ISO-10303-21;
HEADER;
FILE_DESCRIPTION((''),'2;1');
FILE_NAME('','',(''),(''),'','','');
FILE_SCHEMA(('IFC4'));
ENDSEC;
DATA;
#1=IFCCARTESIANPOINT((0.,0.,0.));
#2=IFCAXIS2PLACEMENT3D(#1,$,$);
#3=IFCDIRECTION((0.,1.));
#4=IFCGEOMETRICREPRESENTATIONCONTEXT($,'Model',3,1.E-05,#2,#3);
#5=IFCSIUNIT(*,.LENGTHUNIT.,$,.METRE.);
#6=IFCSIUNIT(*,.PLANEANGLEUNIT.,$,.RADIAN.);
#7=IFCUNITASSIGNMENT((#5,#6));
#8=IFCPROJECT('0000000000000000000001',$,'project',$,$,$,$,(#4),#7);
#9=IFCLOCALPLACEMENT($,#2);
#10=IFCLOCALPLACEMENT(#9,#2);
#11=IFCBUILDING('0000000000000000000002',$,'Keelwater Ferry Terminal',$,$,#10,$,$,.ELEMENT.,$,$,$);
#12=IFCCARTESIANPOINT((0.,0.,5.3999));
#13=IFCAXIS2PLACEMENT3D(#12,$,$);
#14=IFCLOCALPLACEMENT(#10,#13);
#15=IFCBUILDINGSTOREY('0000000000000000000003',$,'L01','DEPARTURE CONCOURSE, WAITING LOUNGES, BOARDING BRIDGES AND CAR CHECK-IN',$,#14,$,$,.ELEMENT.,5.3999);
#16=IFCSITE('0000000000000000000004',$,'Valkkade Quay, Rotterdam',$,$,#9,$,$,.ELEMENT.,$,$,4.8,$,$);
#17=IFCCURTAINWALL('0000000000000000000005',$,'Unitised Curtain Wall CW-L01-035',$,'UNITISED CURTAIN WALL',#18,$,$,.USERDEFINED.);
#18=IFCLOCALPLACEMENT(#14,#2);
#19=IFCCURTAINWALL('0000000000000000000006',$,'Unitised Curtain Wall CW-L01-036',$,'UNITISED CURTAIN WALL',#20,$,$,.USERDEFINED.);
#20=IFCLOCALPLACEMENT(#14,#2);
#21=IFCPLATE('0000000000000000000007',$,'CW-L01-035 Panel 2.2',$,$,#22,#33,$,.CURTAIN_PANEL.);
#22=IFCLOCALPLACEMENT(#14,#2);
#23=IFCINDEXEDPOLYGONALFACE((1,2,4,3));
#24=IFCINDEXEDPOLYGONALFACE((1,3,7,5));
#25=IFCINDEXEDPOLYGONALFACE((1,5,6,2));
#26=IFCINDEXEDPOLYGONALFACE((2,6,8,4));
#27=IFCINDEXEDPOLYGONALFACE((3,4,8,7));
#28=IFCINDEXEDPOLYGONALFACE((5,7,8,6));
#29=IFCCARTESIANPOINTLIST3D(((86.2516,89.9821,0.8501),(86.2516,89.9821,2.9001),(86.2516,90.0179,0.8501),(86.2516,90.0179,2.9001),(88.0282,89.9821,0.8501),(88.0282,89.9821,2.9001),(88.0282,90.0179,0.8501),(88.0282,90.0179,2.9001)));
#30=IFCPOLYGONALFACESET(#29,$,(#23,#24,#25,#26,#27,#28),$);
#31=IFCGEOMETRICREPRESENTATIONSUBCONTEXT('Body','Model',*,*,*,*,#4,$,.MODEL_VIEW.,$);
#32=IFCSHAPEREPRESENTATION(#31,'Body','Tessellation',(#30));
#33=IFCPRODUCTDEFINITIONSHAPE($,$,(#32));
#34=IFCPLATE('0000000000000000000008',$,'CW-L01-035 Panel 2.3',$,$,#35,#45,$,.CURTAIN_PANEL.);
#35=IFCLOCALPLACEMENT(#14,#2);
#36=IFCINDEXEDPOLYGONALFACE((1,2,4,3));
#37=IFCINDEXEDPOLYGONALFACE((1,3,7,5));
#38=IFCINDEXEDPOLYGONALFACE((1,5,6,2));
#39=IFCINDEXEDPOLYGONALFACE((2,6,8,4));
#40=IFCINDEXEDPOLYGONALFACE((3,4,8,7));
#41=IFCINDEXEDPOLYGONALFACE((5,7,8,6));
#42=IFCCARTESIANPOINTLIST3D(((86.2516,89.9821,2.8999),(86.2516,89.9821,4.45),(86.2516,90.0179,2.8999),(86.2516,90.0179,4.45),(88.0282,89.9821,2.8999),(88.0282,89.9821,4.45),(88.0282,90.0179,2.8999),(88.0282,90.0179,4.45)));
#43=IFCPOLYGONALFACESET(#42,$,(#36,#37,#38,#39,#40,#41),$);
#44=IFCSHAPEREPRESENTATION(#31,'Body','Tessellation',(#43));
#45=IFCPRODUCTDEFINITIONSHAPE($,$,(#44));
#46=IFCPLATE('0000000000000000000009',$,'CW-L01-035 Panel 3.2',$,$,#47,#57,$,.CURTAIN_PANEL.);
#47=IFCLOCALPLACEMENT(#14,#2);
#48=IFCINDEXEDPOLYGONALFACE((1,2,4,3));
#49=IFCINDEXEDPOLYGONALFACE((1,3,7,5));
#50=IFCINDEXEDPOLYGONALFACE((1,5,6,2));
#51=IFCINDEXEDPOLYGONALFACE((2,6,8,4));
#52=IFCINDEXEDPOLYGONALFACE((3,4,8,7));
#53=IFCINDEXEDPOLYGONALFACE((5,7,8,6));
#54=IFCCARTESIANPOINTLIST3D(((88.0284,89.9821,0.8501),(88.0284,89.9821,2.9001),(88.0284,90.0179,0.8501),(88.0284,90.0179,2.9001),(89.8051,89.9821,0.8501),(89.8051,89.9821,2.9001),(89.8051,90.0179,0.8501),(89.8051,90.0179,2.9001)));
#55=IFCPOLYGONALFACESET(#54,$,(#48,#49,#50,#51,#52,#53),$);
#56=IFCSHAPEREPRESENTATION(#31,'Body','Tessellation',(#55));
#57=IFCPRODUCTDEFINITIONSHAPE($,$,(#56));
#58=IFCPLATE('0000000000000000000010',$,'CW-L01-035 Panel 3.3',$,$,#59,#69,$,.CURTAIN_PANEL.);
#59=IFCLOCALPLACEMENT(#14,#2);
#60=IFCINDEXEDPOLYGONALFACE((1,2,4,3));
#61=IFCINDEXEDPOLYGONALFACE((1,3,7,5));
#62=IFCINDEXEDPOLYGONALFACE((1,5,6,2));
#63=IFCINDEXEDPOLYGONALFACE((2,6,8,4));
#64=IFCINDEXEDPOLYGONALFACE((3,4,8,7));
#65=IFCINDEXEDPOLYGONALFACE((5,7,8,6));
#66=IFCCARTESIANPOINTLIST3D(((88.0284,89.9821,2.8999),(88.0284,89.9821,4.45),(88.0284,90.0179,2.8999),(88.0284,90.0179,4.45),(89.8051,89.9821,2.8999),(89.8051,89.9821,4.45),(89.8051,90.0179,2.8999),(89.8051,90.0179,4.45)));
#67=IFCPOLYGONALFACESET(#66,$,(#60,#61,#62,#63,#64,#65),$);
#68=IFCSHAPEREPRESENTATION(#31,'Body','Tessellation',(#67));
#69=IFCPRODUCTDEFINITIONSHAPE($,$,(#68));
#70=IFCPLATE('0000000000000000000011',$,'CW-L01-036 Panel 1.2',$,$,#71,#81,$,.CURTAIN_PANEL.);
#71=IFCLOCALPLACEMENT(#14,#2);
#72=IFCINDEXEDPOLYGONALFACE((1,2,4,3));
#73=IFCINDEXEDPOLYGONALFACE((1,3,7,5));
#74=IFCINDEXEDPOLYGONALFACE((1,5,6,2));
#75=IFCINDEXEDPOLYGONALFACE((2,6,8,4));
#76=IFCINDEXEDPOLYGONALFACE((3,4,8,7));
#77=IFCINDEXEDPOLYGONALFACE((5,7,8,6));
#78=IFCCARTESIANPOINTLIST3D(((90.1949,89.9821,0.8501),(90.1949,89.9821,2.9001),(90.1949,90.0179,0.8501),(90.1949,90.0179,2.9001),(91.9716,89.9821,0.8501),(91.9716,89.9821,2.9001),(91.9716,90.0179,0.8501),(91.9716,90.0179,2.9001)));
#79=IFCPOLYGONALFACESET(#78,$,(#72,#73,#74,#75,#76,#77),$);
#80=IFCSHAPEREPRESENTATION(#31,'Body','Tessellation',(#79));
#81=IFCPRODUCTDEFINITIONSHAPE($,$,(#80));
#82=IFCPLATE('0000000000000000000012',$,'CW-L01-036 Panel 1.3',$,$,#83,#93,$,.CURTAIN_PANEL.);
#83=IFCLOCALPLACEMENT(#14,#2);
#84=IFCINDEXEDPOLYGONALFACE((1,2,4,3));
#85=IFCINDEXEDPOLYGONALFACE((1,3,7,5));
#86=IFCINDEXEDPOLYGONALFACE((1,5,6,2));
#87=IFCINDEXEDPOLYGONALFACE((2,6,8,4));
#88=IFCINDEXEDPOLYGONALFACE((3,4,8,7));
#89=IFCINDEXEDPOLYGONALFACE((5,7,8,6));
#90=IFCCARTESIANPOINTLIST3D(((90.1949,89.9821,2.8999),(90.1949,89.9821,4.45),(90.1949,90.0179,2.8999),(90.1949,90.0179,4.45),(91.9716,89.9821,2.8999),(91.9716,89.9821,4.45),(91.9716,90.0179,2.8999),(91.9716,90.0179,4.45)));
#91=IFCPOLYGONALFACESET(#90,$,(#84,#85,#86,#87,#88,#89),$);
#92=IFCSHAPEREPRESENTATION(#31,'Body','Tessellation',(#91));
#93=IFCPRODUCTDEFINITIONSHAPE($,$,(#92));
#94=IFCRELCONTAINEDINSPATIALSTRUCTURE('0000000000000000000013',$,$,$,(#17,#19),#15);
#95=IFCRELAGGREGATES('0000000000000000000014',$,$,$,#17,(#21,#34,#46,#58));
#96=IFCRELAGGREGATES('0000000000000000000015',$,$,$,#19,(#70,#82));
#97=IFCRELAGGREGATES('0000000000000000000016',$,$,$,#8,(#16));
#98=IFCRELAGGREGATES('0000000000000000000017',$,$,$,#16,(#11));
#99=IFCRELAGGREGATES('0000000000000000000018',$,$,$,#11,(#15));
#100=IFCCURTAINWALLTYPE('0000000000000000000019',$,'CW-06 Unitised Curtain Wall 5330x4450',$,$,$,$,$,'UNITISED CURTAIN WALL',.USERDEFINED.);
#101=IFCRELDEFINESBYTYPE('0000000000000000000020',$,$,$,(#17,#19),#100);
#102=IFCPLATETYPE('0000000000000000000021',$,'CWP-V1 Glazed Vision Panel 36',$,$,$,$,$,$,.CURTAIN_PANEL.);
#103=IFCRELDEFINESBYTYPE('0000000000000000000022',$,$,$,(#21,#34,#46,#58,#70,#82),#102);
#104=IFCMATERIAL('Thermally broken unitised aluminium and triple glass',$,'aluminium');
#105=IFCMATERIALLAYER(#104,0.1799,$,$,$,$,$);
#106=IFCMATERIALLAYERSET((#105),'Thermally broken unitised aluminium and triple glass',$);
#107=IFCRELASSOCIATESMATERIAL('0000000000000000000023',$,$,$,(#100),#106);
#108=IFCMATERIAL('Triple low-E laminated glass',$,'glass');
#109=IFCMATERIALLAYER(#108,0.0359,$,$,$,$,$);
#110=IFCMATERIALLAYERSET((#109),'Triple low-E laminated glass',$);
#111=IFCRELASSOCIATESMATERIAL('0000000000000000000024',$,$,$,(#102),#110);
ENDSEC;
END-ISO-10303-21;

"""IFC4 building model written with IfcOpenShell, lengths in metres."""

from ifc_helpers import new_model, si_unit, direction, frame, origin, origin_2d, place, context, subcontext, project, spatial, rectangle, extrude, material, layer, layer_set, type_object, element, aggregate, save


model = new_model("IFC4")

# Units and contexts
model_context = context("Model", 3, precision=1e-05, world=origin(), true_north=direction((0.0, 1.0)))
body_context = subcontext(model_context, "Body", "Model", "MODEL_VIEW")
ifc_project = project(units=[si_unit("LENGTHUNIT", "METRE"), si_unit("PLANEANGLEUNIT", "RADIAN")], contexts=[model_context])

# Site, building, storey
site_placement = place(None, origin())
site = spatial("IfcSite", under=ifc_project, at=site_placement, Name="Valkkade Quay, Rotterdam", CompositionType="ELEMENT", RefElevation=4.8)
building_placement = place(site_placement, origin())
building = spatial("IfcBuilding", under=site, at=building_placement, Name="Keelwater Ferry Terminal", CompositionType="ELEMENT")
storey_placement = place(building_placement, frame((0.0, 0.0, 5.3999)))
storey = spatial("IfcBuildingStorey", under=building, at=storey_placement, Name="L01", Description="DEPARTURE CONCOURSE, WAITING LOUNGES, BOARDING BRIDGES AND CAR CHECK-IN", CompositionType="ELEMENT", Elevation=5.3999)

# Curtain wall
ifc_material_1 = material(Name="Thermally broken unitised aluminium and triple glass", Category="aluminium")
ifc_layer_1 = layer(ifc_material_1, 0.1799)
ifc_layer_set_1 = layer_set([ifc_layer_1], Name="Thermally broken unitised aluminium and triple glass")
curtain_wall_type = type_object("IfcCurtainWallType", Name="CW-06 Unitised Curtain Wall 5330x4450", ElementType="UNITISED CURTAIN WALL", PredefinedType="USERDEFINED", material=ifc_layer_set_1)
curtain_wall_1_placement = place(storey_placement, origin())
curtain_wall_1 = element("IfcCurtainWall", 1, at=curtain_wall_1_placement, inside=storey, type_object=curtain_wall_type, Name="Unitised Curtain Wall CW-L01-035", ObjectType="UNITISED CURTAIN WALL", PredefinedType="USERDEFINED")

# Curtain wall
curtain_wall_2_placement = place(storey_placement, origin())
curtain_wall_2 = element("IfcCurtainWall", 2, at=curtain_wall_2_placement, inside=storey, type_object=curtain_wall_type, Name="Unitised Curtain Wall CW-L01-036", ObjectType="UNITISED CURTAIN WALL", PredefinedType="USERDEFINED")

# Plates
ifc_material_2 = material(Name="Triple low-E laminated glass", Category="glass")
ifc_layer_2 = layer(ifc_material_2, 0.0359)
ifc_layer_set_2 = layer_set([ifc_layer_2], Name="Triple low-E laminated glass")
plate_type_1 = type_object("IfcPlateType", Name="CWP-V1 Glazed Vision Panel 36", PredefinedType="CURTAIN_PANEL", material=ifc_layer_set_2)
plate_1_placement = place(storey_placement, frame((87.1399, 90.0, 0.8501), z_axis=(0.0, 0.0, 1.0), x_axis=(1.0, 0.0, 0.0)))
plate_1 = element("IfcPlate", 3, at=plate_1_placement, type_object=plate_type_1, Name="CW-L01-035 Panel 2.2", PredefinedType="CURTAIN_PANEL", context=body_context, shape_type="SweptSolid", body=[
    extrude(rectangle(XDim=1.7766, YDim=0.0359, at=origin_2d()), origin(), (0.0, 0.0, 1.0), 2.05),
])
plate_2_placement = place(storey_placement, frame((87.1399, 90.0, 2.8999), z_axis=(0.0, 0.0, 1.0), x_axis=(1.0, 0.0, 0.0)))
plate_2 = element("IfcPlate", 4, at=plate_2_placement, type_object=plate_type_1, Name="CW-L01-035 Panel 2.3", PredefinedType="CURTAIN_PANEL", context=body_context, shape_type="SweptSolid", body=[
    extrude(rectangle(XDim=1.7766, YDim=0.0359, at=origin_2d()), origin(), (0.0, 0.0, 1.0), 1.55),
])
plate_3_placement = place(storey_placement, frame((88.9167, 90.0, 0.8501), z_axis=(0.0, 0.0, 1.0), x_axis=(1.0, 0.0, 0.0)))
plate_3 = element("IfcPlate", 5, at=plate_3_placement, type_object=plate_type_1, Name="CW-L01-035 Panel 3.2", PredefinedType="CURTAIN_PANEL", context=body_context, shape_type="SweptSolid", body=[
    extrude(rectangle(XDim=1.7766, YDim=0.0359, at=origin_2d()), origin(), (0.0, 0.0, 1.0), 2.05),
])
plate_4_placement = place(storey_placement, frame((88.9167, 90.0, 2.8999), z_axis=(0.0, 0.0, 1.0), x_axis=(1.0, 0.0, 0.0)))
plate_4 = element("IfcPlate", 6, at=plate_4_placement, type_object=plate_type_1, Name="CW-L01-035 Panel 3.3", PredefinedType="CURTAIN_PANEL", context=body_context, shape_type="SweptSolid", body=[
    extrude(rectangle(XDim=1.7766, YDim=0.0359, at=origin_2d()), origin(), (0.0, 0.0, 1.0), 1.55),
])
aggregate(curtain_wall_1, [plate_1, plate_2, plate_3, plate_4])
plate_5_placement = place(storey_placement, frame((91.0833, 90.0, 0.8501), z_axis=(0.0, 0.0, 1.0), x_axis=(1.0, 0.0, 0.0)))
plate_5 = element("IfcPlate", 7, at=plate_5_placement, type_object=plate_type_1, Name="CW-L01-036 Panel 1.2", PredefinedType="CURTAIN_PANEL", context=body_context, shape_type="SweptSolid", body=[
    extrude(rectangle(XDim=1.7766, YDim=0.0359, at=origin_2d()), origin(), (0.0, 0.0, 1.0), 2.05),
])
plate_6_placement = place(storey_placement, frame((91.0833, 90.0, 2.8999), z_axis=(0.0, 0.0, 1.0), x_axis=(1.0, 0.0, 0.0)))
plate_6 = element("IfcPlate", 8, at=plate_6_placement, type_object=plate_type_1, Name="CW-L01-036 Panel 1.3", PredefinedType="CURTAIN_PANEL", context=body_context, shape_type="SweptSolid", body=[
    extrude(rectangle(XDim=1.7766, YDim=0.0359, at=origin_2d()), origin(), (0.0, 0.0, 1.0), 1.55),
])
aggregate(curtain_wall_2, [plate_5, plate_6])

save(model, "model.ifc")
